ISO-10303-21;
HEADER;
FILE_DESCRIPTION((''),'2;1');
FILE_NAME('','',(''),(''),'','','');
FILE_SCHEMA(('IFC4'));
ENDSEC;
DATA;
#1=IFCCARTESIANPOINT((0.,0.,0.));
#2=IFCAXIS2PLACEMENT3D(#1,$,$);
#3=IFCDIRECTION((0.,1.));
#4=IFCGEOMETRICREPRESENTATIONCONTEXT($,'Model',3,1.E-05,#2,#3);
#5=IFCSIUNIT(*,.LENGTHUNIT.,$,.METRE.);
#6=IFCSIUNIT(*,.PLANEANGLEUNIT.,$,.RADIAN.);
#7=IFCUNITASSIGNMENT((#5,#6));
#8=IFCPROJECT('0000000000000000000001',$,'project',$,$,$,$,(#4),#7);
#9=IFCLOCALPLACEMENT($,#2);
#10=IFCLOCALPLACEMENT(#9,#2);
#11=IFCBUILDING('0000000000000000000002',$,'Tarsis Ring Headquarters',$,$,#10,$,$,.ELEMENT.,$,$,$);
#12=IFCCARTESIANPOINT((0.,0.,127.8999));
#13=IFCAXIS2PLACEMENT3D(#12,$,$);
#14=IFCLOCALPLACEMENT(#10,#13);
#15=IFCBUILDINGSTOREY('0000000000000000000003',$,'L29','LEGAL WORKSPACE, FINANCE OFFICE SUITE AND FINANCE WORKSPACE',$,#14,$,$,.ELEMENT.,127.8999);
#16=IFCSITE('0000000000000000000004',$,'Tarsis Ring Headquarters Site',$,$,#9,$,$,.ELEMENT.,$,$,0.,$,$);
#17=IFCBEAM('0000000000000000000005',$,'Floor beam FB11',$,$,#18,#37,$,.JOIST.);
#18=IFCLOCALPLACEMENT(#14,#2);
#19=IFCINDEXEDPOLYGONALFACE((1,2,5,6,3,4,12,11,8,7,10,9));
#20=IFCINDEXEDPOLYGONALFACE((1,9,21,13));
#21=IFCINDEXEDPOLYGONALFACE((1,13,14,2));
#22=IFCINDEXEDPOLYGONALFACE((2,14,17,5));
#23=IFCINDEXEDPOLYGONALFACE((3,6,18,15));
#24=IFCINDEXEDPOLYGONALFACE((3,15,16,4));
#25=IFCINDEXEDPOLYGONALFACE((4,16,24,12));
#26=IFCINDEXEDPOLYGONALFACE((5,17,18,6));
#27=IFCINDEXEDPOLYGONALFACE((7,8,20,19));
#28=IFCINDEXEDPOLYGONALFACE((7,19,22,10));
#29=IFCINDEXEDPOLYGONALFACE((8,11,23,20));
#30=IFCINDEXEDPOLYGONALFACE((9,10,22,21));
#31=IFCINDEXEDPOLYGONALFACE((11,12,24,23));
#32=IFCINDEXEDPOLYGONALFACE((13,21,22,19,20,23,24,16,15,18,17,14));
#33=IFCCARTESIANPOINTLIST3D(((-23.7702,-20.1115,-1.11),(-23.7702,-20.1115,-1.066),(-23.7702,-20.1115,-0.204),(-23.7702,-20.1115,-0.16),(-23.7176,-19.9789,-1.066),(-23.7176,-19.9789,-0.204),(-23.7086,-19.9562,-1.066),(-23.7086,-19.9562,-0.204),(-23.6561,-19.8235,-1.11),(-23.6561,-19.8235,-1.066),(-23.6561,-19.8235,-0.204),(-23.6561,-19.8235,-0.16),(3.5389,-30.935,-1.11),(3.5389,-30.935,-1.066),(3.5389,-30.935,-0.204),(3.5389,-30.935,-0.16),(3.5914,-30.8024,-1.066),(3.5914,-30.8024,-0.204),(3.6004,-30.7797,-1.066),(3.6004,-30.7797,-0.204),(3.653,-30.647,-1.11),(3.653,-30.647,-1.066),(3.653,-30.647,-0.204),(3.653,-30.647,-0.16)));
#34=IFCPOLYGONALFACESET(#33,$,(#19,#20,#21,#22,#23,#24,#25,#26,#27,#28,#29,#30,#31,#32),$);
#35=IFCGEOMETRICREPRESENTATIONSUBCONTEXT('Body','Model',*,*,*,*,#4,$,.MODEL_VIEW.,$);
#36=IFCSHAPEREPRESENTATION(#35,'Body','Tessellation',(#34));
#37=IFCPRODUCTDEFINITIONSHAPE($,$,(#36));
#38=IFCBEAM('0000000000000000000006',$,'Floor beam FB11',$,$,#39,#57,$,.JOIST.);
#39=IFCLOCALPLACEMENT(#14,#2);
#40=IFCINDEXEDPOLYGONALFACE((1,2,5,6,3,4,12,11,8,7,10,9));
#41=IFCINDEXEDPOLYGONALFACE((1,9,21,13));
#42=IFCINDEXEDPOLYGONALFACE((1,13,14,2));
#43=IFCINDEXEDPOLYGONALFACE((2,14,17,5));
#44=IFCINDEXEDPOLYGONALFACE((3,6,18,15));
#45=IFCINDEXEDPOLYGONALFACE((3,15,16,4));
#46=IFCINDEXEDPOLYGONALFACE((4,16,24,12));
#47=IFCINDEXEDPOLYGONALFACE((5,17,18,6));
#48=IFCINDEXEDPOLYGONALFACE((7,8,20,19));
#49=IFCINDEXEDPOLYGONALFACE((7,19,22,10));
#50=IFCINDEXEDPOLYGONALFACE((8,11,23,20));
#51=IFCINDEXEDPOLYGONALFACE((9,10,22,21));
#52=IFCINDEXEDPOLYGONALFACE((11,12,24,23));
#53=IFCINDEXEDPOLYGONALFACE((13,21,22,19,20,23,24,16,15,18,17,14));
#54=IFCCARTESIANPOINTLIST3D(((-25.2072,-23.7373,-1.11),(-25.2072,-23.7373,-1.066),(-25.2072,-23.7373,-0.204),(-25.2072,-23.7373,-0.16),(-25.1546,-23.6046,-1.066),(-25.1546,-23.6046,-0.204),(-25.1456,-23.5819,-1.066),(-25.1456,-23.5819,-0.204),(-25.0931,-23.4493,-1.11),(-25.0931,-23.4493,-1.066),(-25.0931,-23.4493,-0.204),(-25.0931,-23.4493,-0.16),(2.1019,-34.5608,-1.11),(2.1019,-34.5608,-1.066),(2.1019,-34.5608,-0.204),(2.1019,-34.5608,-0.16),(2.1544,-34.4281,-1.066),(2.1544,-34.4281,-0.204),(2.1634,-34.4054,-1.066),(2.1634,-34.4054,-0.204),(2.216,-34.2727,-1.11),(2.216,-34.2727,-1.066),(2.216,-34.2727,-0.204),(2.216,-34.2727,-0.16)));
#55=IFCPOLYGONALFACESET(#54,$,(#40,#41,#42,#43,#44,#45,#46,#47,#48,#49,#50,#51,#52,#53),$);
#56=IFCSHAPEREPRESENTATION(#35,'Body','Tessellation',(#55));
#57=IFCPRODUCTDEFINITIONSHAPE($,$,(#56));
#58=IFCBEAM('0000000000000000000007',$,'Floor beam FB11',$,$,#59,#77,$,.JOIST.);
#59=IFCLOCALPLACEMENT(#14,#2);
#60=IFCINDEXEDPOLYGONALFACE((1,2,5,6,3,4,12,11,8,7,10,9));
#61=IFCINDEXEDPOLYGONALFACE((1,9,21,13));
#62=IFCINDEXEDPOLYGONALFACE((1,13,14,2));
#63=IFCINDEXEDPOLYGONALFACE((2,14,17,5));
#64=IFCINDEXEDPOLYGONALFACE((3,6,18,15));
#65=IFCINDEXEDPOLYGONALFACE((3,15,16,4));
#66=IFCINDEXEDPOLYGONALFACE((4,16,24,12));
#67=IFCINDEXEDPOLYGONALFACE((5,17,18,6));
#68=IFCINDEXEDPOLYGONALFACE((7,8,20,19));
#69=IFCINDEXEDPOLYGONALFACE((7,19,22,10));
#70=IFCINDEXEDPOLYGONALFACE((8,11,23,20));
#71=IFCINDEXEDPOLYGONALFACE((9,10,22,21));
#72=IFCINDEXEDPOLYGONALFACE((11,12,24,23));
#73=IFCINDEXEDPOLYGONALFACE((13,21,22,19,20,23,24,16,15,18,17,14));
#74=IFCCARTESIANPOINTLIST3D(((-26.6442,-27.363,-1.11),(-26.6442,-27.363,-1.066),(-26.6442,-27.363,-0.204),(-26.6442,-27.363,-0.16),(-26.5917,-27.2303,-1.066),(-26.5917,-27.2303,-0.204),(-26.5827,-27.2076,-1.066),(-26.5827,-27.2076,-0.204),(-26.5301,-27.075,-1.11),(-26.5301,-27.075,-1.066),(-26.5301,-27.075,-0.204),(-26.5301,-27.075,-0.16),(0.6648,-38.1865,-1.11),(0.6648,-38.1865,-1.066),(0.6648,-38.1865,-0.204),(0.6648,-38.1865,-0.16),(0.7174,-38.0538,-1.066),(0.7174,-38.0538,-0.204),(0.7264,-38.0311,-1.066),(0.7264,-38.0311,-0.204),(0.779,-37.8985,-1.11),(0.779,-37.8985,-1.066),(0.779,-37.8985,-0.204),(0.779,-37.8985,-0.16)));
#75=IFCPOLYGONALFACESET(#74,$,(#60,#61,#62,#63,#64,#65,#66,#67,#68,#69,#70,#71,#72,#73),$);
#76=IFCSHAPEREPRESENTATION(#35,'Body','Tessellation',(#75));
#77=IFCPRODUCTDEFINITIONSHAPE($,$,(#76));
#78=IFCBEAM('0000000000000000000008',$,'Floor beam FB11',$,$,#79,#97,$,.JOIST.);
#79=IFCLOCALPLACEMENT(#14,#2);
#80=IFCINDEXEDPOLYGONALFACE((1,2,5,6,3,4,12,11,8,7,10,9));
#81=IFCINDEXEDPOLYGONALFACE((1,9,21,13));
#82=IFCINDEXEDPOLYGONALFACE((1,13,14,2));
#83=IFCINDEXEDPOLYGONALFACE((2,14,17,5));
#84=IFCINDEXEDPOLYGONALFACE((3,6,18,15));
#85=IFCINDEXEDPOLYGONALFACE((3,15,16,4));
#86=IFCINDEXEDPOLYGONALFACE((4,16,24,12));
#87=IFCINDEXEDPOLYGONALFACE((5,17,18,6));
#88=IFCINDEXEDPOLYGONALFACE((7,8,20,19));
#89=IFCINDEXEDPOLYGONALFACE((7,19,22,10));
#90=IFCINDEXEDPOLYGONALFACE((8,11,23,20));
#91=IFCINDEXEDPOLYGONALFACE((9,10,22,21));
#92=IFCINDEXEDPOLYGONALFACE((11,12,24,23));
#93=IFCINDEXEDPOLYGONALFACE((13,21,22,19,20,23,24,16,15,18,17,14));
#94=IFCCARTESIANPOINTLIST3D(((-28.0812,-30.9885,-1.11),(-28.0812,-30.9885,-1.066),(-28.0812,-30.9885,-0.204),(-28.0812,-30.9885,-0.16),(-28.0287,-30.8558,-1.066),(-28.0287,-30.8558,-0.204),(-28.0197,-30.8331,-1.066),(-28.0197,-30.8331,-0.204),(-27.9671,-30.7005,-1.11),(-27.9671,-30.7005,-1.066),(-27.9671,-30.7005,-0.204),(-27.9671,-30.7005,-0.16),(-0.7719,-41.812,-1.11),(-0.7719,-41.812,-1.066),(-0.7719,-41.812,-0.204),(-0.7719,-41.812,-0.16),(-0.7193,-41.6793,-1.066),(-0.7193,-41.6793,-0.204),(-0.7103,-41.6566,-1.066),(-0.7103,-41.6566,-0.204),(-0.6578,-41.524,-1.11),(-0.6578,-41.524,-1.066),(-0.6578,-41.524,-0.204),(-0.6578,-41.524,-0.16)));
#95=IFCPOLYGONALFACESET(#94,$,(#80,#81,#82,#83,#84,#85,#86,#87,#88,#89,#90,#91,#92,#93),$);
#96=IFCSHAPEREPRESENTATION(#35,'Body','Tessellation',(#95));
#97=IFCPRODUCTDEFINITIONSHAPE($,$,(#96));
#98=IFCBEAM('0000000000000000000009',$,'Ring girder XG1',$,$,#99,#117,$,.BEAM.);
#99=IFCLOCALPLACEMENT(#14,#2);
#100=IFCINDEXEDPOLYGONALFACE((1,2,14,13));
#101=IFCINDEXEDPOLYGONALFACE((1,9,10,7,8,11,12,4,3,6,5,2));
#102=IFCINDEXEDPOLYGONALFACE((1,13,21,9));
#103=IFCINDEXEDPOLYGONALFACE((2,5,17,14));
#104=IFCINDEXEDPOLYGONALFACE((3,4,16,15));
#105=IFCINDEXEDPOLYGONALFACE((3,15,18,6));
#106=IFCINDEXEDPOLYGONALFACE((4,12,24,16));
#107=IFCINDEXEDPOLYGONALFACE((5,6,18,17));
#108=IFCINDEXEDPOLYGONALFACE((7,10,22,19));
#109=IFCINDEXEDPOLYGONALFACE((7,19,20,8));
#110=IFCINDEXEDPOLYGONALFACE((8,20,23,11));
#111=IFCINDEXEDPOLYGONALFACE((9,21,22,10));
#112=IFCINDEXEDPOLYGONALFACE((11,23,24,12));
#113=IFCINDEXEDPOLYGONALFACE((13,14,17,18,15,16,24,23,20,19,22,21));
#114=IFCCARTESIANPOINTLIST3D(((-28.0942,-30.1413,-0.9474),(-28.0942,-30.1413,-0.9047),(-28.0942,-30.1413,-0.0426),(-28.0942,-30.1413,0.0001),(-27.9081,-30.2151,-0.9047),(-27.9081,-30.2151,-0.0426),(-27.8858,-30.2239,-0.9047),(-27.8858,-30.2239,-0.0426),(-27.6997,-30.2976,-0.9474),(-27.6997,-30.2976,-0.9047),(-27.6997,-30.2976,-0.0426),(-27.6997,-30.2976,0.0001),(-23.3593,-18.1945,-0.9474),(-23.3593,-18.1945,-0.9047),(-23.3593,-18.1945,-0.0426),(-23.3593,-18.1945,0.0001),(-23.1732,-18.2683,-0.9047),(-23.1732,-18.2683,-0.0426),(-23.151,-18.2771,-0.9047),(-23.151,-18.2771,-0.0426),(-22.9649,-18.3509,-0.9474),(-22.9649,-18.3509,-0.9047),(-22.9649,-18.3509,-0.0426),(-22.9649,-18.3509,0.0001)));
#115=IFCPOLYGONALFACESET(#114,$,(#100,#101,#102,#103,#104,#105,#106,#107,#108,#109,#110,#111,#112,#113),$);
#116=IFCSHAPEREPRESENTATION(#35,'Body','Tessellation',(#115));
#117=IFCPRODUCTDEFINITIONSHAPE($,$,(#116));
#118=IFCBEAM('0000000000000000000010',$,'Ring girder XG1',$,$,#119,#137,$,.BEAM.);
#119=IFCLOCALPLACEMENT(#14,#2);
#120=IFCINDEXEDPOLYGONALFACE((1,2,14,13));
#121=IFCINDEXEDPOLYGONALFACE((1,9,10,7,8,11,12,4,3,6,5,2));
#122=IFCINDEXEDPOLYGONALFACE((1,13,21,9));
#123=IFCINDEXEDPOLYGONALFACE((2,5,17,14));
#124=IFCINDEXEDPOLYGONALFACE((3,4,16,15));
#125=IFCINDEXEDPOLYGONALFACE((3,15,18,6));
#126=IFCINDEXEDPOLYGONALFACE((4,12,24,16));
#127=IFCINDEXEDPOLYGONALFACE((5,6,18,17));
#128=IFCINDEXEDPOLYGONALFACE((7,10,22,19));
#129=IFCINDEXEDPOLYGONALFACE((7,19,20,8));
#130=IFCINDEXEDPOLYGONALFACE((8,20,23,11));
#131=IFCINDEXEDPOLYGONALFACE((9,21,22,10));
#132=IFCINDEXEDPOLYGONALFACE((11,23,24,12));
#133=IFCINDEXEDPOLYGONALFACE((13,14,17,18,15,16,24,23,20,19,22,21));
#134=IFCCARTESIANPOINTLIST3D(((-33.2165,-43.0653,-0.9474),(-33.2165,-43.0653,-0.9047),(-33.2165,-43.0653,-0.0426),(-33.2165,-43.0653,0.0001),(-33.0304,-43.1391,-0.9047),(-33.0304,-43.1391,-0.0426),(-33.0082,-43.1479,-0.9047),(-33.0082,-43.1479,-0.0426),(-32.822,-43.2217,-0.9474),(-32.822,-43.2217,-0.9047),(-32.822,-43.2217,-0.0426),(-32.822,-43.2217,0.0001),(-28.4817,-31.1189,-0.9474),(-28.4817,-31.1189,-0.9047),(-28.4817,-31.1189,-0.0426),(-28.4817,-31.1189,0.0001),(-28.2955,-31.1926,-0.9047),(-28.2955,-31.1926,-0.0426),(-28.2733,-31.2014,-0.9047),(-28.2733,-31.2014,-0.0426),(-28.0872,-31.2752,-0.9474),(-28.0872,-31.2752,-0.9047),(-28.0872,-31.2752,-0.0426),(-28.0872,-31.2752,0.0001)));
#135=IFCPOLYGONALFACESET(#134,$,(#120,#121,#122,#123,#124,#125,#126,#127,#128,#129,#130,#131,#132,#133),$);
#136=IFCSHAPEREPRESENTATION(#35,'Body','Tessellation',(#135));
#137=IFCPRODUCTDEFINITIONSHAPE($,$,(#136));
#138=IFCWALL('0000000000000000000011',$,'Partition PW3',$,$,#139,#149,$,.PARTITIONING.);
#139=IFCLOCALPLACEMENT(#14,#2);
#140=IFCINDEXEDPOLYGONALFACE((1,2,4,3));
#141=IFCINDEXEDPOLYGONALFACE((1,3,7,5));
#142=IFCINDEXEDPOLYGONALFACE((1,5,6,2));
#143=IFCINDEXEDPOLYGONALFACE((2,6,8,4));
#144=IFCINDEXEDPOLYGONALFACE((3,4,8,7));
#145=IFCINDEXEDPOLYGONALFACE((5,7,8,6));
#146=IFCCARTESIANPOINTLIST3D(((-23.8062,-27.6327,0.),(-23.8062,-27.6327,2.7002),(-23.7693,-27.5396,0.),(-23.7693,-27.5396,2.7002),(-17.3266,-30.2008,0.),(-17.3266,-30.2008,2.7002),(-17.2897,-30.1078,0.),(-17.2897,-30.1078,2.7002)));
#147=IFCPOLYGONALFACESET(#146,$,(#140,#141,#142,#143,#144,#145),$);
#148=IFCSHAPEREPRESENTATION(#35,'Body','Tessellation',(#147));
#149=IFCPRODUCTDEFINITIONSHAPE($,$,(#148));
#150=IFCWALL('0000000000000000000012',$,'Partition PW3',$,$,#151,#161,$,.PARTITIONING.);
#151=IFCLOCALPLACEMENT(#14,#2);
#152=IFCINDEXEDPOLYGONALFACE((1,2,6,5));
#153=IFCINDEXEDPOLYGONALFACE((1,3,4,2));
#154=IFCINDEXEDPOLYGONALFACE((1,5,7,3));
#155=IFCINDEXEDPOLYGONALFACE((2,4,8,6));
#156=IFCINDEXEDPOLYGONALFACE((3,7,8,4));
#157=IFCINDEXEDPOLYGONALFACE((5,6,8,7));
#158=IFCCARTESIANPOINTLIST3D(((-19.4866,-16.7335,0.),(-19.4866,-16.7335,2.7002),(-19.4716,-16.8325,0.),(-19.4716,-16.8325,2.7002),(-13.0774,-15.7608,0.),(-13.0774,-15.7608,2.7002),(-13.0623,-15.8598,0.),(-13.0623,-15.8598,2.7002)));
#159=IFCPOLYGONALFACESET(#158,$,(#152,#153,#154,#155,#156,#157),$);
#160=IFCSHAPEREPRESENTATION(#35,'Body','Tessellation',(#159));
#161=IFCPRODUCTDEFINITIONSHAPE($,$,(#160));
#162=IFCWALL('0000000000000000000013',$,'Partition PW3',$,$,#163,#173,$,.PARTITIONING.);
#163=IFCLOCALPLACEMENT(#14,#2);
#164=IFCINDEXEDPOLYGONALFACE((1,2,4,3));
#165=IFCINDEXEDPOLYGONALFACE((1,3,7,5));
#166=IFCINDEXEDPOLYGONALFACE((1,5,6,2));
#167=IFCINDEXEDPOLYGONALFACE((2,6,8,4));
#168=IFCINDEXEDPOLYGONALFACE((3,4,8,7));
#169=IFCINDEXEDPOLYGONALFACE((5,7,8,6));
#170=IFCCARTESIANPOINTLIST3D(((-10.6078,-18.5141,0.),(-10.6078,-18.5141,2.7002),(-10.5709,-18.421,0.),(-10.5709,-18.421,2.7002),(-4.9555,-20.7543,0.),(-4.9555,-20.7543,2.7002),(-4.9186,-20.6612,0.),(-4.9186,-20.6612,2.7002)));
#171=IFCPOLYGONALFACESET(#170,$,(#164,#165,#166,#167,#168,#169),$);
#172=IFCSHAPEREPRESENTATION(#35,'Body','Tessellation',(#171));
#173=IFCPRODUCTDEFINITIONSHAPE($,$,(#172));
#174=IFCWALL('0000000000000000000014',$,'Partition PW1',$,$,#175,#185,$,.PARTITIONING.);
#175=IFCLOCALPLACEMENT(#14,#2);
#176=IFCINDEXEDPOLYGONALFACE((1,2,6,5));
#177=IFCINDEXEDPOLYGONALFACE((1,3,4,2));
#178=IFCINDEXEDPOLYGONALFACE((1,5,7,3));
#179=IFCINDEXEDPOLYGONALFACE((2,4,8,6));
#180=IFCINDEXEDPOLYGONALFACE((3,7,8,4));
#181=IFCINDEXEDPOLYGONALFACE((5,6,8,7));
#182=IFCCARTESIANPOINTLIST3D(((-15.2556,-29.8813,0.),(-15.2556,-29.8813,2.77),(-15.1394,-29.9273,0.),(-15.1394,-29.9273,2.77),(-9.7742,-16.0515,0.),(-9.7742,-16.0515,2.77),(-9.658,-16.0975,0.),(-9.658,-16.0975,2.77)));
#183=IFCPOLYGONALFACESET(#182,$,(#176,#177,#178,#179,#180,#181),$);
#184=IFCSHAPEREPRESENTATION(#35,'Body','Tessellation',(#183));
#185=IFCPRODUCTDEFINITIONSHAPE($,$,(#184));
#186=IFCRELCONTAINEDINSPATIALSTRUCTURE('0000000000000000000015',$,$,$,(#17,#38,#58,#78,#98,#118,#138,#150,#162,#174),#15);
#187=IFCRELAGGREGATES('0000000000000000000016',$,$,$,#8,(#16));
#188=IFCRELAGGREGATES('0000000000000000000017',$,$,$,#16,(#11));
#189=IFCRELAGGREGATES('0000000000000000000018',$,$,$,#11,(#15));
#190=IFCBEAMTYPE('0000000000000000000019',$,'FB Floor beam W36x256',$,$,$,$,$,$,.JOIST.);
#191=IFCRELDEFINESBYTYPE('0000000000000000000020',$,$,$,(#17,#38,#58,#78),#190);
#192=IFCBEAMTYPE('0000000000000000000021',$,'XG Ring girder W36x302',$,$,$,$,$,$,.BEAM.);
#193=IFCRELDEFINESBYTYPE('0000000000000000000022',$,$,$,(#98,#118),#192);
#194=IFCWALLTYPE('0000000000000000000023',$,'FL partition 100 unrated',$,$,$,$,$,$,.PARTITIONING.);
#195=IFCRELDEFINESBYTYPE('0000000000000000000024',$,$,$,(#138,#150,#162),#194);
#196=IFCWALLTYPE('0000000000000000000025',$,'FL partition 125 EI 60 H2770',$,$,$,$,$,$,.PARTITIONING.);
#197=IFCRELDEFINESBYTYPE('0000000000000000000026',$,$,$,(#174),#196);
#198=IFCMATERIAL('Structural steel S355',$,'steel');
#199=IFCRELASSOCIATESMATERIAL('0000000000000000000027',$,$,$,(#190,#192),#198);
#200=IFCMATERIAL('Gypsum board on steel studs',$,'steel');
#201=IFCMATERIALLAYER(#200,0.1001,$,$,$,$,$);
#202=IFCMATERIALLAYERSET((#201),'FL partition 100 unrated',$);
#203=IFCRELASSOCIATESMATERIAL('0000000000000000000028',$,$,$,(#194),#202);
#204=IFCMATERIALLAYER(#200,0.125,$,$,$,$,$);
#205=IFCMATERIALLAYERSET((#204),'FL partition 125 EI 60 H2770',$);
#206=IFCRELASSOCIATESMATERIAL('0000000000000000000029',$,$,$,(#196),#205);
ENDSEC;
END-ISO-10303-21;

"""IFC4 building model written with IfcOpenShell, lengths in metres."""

from ifc_helpers import new_model, si_unit, direction, frame, frame_2d, origin, origin_2d, place, context, subcontext, project, spatial, rectangle, i_section, extrude, material, layer, layer_set, material_profile, profile_set, type_object, element, save


model = new_model("IFC4")

# Units and contexts
model_context = context("Model", 3, precision=1e-05, world=origin(), true_north=direction((0.0, 1.0)))
body_context = subcontext(model_context, "Body", "Model", "MODEL_VIEW")
ifc_project = project(units=[si_unit("LENGTHUNIT", "METRE"), si_unit("PLANEANGLEUNIT", "RADIAN")], contexts=[model_context])

# Site, building, storey
site_placement = place(None, origin())
site = spatial("IfcSite", under=ifc_project, at=site_placement, Name="Tarsis Ring Headquarters Site", CompositionType="ELEMENT", RefElevation=0.0)
building_placement = place(site_placement, origin())
building = spatial("IfcBuilding", under=site, at=building_placement, Name="Tarsis Ring Headquarters", CompositionType="ELEMENT")
storey_placement = place(building_placement, frame((0.0, 0.0, 127.8999)))
storey = spatial("IfcBuildingStorey", under=building, at=storey_placement, Name="L29", Description="LEGAL WORKSPACE, FINANCE OFFICE SUITE AND FINANCE WORKSPACE", CompositionType="ELEMENT", Elevation=127.8999)

# Shared definitions
ifc_material_1 = material(Name="Structural steel S355", Category="steel")

# Beams
ifc_material_profile_1 = material_profile(ifc_material_1, i_section(OverallWidth=0.3098, OverallDepth=0.95, WebThickness=0.0244, FlangeThickness=0.0439, at=origin_2d()), Name="W36x256")
ifc_profile_set_1 = profile_set([ifc_material_profile_1], Name="Structural steel S355")
beam_type_1 = type_object("IfcBeamType", Name="FB Floor beam W36x256", PredefinedType="JOIST", material=ifc_profile_set_1)
for number, where, z_axis, x_axis, name in (
    (1, (-23.7131, -19.9675, -0.635), (0.929648, -0.36845, 0.0), (0.36845, 0.929648, 0.0), "Floor beam FB11"),
    (2, (-25.1501, -23.5933, -0.635), (0.929648, -0.36845, 0.0), (0.36845, 0.929648, 0.0), "Floor beam FB11"),
    (3, (-26.5872, -27.219, -0.635), (0.929648, -0.36845, 0.0), (0.36845, 0.929648, 0.0), "Floor beam FB11"),
):
    element("IfcBeam", number, at=place(storey_placement, frame(where, z_axis=z_axis, x_axis=x_axis)), inside=storey, type_object=beam_type_1, Name=name, PredefinedType="JOIST", context=body_context, shape_type="SweptSolid", body=[
        extrude(i_section(OverallWidth=0.3098, OverallDepth=0.95, WebThickness=0.0244, FlangeThickness=0.0439, at=origin_2d()), origin(), (0.0, 0.0, 1.0), 29.3757),
    ])
beam_1_placement = place(storey_placement, frame((-28.0242, -30.8445, -0.635), z_axis=(0.929649, -0.368447, 0.0), x_axis=(0.368447, 0.929649, 0.0)))
element("IfcBeam", 4, at=beam_1_placement, inside=storey, type_object=beam_type_1, Name="Floor beam FB11", PredefinedType="JOIST", context=body_context, shape_type="SweptSolid", body=[
    extrude(i_section(OverallWidth=0.3098, OverallDepth=0.95, WebThickness=0.0244, FlangeThickness=0.0439, at=origin_2d()), origin(), (0.0, 0.0, 1.0), 29.376),
])
ifc_material_profile_2 = material_profile(ifc_material_1, i_section(OverallWidth=0.4243, OverallDepth=0.9475, WebThickness=0.0239, FlangeThickness=0.0427, at=origin_2d()), Name="W36x302")
ifc_profile_set_2 = profile_set([ifc_material_profile_2], Name="Structural steel S355")
beam_type_2 = type_object("IfcBeamType", Name="XG Ring girder W36x302", PredefinedType="BEAM", material=ifc_profile_set_2)
beam_2_placement = place(storey_placement, frame((-23.1621, -18.2727, -0.4736), z_axis=(-0.368447, -0.929649, 0.0), x_axis=(0.929649, -0.368447, 0.0)))
element("IfcBeam", 5, at=beam_2_placement, inside=storey, type_object=beam_type_2, Name="Ring girder XG1", PredefinedType="BEAM", context=body_context, shape_type="SweptSolid", body=[
    extrude(i_section(OverallWidth=0.4243, OverallDepth=0.9475, WebThickness=0.0239, FlangeThickness=0.0427, at=origin_2d()), origin(), (0.0, 0.0, 1.0), 12.8508),
])
beam_3_placement = place(storey_placement, frame((-28.2844, -31.197, -0.4736), z_axis=(-0.368454, -0.929646, 0.0), x_axis=(0.929646, -0.368454, 0.0)))
element("IfcBeam", 6, at=beam_3_placement, inside=storey, type_object=beam_type_2, Name="Ring girder XG1", PredefinedType="BEAM", context=body_context, shape_type="SweptSolid", body=[
    extrude(i_section(OverallWidth=0.4243, OverallDepth=0.9475, WebThickness=0.0239, FlangeThickness=0.0427, at=origin_2d()), origin(), (0.0, 0.0, 1.0), 12.8506),
])

# Walls
ifc_material_2 = material(Name="Gypsum board on steel studs", Category="steel")
ifc_layer_1 = layer(ifc_material_2, 0.1001)
ifc_layer_set_1 = layer_set([ifc_layer_1], Name="FL partition 100 unrated")
wall_type_1 = type_object("IfcWallType", Name="FL partition 100 unrated", PredefinedType="PARTITIONING", material=ifc_layer_set_1)
wall_1_placement = place(storey_placement, frame((-23.7876, -27.5862, 0.0), z_axis=(0.0, 0.0, 1.0), x_axis=(0.929644, -0.36846, 0.0)))
element("IfcWall", 7, at=wall_1_placement, inside=storey, type_object=wall_type_1, Name="Partition PW3", PredefinedType="PARTITIONING", context=body_context, shape_type="SweptSolid", body=[
    extrude(rectangle(XDim=6.97, YDim=0.1001, at=frame_2d((3.4849, 0.0))), origin(), (0.0, 0.0, 1.0), 2.7002),
])
wall_2_placement = place(storey_placement, frame((-19.479, -16.783, 0.0), z_axis=(0.0, 0.0, 1.0), x_axis=(0.98868, 0.150042, 0.0)))
element("IfcWall", 8, at=wall_2_placement, inside=storey, type_object=wall_type_1, Name="Partition PW3", PredefinedType="PARTITIONING", context=body_context, shape_type="SweptSolid", body=[
    extrude(rectangle(XDim=6.4827, YDim=0.1001, at=frame_2d((3.2412, 0.0))), origin(), (0.0, 0.0, 1.0), 2.7002),
])
wall_3_placement = place(storey_placement, frame((-10.5894, -18.4675, 0.0), z_axis=(0.0, 0.0, 1.0), x_axis=(0.929646, -0.368453, 0.0)))
element("IfcWall", 9, at=wall_3_placement, inside=storey, type_object=wall_type_1, Name="Partition PW3", PredefinedType="PARTITIONING", context=body_context, shape_type="SweptSolid", body=[
    extrude(rectangle(XDim=6.0801, YDim=0.1001, at=frame_2d((3.04, 0.0))), origin(), (0.0, 0.0, 1.0), 2.7002),
])
ifc_layer_2 = layer(ifc_material_2, 0.125)
ifc_layer_set_2 = layer_set([ifc_layer_2], Name="FL partition 125 EI 60 H2770")
wall_type_2 = type_object("IfcWallType", Name="FL partition 125 EI 60 H2770", PredefinedType="PARTITIONING", material=ifc_layer_set_2)
wall_4_placement = place(storey_placement, frame((-15.1975, -29.9043, 0.0), z_axis=(0.0, 0.0, 1.0), x_axis=(0.368463, 0.929642, 0.0)))
element("IfcWall", 10, at=wall_4_placement, inside=storey, type_object=wall_type_2, Name="Partition PW1", PredefinedType="PARTITIONING", context=body_context, shape_type="SweptSolid", body=[
    extrude(rectangle(XDim=14.8765, YDim=0.125, at=frame_2d((7.4382, 0.0))), origin(), (0.0, 0.0, 1.0), 2.77),
])

save(model, "model.ifc")
